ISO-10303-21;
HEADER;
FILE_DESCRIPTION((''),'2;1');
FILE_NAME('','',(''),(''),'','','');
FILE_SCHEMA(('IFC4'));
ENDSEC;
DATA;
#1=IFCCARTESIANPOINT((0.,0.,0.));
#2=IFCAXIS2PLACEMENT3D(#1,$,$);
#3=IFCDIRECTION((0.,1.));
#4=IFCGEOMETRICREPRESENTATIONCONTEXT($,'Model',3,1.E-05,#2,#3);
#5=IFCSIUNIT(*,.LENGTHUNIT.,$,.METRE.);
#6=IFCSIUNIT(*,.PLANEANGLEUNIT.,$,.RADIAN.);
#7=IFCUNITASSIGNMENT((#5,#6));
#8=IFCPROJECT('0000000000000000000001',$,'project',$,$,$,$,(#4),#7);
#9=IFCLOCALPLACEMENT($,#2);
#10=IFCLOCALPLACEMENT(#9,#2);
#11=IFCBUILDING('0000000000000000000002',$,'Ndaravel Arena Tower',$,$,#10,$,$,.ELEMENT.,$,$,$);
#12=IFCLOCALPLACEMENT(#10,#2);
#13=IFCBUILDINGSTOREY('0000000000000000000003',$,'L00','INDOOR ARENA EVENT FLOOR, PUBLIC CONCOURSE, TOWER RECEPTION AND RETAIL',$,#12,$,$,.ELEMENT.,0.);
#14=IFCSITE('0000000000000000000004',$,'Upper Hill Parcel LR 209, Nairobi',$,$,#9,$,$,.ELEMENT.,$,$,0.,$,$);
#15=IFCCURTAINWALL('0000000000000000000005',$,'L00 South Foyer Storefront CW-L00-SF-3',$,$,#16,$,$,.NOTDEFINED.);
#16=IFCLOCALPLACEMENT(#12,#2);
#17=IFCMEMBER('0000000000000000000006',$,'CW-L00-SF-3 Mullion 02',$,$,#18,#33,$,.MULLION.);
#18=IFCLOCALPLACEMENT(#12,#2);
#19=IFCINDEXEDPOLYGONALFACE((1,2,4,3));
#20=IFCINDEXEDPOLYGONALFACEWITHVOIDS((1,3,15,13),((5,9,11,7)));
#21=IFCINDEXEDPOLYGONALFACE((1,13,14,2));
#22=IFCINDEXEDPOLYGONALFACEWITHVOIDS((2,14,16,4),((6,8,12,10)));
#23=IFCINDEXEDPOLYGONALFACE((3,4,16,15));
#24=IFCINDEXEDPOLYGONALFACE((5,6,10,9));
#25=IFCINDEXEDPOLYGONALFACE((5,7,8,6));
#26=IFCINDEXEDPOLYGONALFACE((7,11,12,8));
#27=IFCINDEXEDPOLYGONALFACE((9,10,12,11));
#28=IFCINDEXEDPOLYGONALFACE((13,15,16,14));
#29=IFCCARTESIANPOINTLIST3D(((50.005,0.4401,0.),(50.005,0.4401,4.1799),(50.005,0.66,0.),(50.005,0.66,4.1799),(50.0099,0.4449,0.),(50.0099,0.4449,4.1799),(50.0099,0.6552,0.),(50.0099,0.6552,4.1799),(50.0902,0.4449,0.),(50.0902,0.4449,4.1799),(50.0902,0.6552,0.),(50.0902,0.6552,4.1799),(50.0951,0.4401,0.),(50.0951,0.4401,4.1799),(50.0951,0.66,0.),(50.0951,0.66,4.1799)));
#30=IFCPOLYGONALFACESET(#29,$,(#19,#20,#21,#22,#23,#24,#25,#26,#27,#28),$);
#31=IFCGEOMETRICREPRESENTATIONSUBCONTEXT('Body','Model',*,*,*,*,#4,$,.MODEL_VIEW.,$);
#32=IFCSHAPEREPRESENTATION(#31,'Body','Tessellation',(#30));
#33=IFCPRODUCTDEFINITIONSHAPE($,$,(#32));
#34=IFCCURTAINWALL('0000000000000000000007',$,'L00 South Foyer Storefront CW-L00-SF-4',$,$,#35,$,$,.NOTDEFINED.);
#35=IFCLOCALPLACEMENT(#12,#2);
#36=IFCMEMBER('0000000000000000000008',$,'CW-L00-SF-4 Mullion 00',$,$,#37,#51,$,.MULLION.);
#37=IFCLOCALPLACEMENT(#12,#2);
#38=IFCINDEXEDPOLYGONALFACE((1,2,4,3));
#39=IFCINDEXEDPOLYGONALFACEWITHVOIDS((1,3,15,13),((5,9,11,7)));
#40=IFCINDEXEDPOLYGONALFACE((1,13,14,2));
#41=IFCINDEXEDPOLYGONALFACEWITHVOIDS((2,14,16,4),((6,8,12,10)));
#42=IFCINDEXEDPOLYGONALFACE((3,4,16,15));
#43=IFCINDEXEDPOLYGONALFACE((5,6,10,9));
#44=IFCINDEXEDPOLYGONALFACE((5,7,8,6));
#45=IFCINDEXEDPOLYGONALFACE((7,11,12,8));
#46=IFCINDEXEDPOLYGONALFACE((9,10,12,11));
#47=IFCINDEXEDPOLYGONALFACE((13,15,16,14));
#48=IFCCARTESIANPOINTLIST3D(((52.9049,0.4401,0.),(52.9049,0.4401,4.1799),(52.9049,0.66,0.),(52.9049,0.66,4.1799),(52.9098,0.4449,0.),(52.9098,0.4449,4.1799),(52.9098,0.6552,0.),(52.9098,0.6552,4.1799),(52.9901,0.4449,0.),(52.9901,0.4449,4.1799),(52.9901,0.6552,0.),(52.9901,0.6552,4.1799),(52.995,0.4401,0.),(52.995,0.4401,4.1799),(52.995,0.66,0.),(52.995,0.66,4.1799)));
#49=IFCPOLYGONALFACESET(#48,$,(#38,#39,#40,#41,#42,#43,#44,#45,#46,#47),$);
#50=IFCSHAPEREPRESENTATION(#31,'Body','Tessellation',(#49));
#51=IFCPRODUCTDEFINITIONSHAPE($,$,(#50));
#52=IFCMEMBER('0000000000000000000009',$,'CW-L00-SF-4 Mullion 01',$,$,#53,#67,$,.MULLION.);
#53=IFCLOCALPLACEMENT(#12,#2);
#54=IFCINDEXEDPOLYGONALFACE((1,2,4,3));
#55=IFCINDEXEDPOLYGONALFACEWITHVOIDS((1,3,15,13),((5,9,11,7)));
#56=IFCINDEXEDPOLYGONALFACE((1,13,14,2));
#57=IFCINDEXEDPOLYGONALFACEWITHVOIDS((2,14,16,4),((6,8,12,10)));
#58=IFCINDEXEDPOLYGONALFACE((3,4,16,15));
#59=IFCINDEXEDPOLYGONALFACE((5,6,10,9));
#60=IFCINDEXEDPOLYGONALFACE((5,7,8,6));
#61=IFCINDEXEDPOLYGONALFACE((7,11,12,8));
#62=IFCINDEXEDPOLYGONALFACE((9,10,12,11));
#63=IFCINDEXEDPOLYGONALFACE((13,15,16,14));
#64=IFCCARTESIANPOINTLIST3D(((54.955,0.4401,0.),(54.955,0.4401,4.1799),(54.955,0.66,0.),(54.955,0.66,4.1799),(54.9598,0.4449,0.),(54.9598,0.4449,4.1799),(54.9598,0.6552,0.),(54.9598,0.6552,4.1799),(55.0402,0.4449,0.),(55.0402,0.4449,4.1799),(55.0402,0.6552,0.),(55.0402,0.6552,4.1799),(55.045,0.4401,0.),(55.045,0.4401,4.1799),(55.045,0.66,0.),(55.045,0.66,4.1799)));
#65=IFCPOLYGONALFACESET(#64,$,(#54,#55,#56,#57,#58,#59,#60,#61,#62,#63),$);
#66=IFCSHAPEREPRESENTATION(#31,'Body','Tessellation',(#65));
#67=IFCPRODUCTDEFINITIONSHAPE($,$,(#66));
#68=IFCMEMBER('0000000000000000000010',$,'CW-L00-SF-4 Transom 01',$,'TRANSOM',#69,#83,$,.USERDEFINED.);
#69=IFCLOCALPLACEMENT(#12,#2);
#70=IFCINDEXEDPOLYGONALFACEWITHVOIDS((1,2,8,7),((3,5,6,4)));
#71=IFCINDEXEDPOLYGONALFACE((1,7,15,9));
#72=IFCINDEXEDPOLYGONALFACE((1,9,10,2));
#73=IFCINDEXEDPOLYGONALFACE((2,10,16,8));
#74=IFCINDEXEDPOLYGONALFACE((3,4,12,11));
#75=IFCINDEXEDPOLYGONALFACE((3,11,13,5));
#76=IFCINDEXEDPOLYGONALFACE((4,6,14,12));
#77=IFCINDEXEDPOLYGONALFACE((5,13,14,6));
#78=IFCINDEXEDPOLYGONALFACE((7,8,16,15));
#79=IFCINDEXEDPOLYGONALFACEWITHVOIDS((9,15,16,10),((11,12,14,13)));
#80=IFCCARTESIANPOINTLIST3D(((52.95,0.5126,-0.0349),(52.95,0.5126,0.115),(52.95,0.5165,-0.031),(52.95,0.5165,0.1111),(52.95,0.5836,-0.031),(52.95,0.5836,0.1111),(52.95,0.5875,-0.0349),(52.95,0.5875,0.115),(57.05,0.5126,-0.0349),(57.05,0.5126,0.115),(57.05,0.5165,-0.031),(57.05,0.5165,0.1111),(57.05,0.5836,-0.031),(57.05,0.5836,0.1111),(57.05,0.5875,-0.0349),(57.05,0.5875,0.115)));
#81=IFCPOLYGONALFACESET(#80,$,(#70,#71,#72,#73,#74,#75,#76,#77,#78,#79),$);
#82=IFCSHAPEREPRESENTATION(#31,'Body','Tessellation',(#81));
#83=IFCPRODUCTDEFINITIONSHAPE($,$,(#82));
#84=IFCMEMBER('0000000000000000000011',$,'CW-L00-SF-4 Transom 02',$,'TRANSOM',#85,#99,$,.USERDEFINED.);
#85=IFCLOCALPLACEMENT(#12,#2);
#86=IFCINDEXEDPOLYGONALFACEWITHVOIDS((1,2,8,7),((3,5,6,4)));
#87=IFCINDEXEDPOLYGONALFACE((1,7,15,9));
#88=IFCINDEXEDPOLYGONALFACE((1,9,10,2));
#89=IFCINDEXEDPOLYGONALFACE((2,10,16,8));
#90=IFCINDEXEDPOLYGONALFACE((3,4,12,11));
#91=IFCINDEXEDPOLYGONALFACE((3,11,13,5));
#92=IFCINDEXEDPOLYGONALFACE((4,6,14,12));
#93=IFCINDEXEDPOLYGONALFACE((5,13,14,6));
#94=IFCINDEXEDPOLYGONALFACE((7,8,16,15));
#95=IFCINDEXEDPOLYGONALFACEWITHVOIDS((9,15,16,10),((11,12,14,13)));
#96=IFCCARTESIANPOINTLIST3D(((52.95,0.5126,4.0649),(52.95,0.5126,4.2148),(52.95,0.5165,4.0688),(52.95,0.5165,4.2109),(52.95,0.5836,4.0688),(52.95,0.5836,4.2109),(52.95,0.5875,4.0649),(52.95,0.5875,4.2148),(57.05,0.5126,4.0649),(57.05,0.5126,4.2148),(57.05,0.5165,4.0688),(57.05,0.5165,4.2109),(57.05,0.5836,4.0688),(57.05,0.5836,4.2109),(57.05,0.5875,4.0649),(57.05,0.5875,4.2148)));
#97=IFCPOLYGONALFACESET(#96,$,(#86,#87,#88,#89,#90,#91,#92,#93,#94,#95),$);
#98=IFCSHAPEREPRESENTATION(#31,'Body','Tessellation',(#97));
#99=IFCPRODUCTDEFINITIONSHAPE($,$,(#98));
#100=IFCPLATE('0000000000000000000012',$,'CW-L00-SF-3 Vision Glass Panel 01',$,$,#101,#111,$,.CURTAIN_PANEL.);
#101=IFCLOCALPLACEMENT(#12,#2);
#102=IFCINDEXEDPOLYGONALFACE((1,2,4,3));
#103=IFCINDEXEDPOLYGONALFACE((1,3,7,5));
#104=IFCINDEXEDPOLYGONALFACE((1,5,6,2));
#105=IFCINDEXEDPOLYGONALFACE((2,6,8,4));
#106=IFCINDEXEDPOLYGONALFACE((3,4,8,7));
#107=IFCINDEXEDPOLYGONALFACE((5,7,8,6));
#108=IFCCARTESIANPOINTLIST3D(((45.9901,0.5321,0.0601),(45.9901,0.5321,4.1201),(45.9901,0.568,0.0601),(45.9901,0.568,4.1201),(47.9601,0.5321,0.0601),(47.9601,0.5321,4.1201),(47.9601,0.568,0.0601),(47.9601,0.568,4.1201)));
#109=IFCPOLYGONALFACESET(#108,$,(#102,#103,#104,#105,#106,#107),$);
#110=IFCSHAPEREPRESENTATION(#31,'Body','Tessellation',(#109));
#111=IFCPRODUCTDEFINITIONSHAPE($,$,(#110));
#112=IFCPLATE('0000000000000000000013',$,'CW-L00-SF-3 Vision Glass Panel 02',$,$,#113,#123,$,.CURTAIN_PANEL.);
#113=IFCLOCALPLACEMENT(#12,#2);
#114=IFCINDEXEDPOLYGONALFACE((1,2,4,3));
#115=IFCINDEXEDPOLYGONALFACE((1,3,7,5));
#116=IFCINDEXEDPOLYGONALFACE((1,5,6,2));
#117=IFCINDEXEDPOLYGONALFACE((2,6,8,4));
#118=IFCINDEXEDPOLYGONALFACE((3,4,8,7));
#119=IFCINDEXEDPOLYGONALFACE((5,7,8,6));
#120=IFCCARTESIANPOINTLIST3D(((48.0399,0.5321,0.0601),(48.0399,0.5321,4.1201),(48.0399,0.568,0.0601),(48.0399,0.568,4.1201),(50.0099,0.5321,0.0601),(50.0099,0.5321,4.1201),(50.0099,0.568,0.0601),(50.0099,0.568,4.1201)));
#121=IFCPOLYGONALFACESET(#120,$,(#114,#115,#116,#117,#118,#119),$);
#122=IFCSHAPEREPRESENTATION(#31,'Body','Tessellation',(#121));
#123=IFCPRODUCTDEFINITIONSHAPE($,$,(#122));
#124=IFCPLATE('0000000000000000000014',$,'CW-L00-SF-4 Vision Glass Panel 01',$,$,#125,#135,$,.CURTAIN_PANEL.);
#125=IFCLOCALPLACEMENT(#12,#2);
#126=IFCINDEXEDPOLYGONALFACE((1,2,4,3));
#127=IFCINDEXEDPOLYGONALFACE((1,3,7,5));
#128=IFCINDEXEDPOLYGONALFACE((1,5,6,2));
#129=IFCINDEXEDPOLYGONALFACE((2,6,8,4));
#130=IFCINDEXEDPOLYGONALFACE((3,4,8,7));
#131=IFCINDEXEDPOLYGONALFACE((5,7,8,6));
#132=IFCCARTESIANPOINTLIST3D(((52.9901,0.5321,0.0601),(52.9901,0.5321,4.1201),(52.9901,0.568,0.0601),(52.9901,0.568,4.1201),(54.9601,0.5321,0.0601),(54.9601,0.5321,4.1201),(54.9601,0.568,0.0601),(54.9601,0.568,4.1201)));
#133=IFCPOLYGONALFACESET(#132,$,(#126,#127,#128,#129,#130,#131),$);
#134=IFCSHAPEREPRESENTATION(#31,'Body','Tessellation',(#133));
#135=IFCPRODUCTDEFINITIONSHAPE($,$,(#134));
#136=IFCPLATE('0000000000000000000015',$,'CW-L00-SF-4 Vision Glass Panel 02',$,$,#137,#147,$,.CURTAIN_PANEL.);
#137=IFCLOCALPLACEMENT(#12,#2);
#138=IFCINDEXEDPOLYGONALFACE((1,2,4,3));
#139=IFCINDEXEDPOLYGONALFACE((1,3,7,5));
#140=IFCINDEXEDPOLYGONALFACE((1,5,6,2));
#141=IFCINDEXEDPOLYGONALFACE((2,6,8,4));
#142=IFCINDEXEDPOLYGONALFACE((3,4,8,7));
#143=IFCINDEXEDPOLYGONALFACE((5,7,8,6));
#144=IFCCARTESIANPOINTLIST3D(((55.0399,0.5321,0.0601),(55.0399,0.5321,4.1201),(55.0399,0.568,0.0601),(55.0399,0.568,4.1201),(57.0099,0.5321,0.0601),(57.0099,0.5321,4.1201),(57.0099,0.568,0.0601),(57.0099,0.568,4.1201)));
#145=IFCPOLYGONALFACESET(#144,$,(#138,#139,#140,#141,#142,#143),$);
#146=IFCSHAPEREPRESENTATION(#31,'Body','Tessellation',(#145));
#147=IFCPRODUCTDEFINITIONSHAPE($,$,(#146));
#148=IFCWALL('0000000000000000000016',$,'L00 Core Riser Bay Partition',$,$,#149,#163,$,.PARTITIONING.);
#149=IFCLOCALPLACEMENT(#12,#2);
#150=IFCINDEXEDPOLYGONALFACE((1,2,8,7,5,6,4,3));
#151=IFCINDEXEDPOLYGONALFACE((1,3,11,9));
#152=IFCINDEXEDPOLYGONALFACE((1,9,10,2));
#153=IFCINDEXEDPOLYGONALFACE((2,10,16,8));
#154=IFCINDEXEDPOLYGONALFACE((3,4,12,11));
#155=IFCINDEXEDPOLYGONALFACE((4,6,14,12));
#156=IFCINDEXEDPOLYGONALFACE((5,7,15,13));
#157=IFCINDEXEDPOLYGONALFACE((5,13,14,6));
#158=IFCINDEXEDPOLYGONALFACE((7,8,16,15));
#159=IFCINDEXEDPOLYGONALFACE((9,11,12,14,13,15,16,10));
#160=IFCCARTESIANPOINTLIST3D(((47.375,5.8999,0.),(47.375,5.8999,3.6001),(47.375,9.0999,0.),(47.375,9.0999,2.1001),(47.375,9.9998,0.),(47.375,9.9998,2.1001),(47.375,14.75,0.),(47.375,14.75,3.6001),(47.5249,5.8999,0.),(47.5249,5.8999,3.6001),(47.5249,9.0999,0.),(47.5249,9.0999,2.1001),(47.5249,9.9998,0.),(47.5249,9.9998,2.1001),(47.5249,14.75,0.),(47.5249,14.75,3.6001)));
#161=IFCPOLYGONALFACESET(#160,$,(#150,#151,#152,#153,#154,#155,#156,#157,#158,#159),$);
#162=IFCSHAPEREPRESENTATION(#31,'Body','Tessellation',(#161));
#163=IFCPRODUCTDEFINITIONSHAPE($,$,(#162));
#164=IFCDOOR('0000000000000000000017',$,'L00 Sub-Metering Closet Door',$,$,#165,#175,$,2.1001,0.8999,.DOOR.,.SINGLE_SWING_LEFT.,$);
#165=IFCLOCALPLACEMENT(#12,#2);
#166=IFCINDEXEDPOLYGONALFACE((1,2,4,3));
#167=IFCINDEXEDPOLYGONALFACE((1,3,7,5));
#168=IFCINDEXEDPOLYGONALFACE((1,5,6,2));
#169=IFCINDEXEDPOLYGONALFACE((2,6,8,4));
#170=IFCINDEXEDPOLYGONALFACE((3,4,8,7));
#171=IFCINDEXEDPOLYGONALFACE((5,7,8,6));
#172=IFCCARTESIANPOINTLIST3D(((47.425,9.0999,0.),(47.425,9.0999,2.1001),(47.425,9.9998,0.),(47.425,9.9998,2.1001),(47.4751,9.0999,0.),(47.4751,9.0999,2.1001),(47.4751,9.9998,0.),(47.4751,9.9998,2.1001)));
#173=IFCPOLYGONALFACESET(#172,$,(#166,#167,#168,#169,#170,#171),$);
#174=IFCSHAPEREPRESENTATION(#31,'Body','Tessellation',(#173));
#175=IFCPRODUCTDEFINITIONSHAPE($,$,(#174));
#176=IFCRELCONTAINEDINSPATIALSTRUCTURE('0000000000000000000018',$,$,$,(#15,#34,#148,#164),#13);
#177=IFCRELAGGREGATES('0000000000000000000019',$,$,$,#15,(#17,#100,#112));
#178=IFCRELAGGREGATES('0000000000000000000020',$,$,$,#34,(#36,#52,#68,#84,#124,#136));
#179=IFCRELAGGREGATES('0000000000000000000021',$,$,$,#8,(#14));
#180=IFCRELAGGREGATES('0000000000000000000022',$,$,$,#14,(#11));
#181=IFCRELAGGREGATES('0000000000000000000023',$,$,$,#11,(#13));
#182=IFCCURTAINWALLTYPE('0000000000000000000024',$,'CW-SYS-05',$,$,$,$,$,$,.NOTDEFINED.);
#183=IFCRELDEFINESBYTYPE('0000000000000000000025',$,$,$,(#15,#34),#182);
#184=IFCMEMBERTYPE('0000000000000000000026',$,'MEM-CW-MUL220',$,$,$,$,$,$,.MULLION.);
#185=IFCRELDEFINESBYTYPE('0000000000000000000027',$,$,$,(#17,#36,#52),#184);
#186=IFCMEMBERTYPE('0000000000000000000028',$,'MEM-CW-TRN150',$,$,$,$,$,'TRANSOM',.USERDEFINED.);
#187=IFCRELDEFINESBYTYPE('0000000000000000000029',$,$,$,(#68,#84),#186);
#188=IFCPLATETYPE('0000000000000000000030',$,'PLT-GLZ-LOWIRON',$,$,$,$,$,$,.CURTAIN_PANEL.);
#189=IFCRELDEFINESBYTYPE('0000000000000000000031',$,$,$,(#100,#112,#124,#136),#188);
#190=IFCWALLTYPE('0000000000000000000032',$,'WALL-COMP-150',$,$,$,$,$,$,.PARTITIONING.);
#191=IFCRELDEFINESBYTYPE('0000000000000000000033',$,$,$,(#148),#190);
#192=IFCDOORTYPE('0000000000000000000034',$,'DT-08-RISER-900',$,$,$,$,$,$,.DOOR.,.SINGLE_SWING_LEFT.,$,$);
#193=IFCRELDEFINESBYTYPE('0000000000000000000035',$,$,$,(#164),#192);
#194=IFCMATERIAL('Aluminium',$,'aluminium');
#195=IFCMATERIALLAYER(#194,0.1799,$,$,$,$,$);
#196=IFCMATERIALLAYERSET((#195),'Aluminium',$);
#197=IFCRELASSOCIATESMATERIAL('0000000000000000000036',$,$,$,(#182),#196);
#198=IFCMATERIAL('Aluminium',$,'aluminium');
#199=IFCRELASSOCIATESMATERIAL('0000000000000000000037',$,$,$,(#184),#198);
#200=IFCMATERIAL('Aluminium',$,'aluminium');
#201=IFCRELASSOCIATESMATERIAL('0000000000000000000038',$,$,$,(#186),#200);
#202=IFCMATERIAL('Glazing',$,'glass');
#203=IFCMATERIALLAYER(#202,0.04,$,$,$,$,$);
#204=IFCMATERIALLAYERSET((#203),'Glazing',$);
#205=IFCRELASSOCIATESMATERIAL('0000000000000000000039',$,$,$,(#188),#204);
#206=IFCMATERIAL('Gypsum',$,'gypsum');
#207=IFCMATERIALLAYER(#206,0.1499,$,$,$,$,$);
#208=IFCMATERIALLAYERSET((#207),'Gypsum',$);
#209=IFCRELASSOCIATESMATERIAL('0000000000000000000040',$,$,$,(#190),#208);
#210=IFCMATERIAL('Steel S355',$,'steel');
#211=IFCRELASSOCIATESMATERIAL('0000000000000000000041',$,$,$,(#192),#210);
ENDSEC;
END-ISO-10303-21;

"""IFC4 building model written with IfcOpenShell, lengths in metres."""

from ifc_helpers import new_model, si_unit, direction, frame, frame_2d, origin, origin_2d, place, context, subcontext, project, spatial, rectangle, hollow_rectangle, extrude, material, layer, layer_set, material_profile, profile_set, type_object, element, fill, aggregate, save


model = new_model("IFC4")

# Units and contexts
model_context = context("Model", 3, precision=1e-05, world=origin(), true_north=direction((0.0, 1.0)))
body_context = subcontext(model_context, "Body", "Model", "MODEL_VIEW")
ifc_project = project(units=[si_unit("LENGTHUNIT", "METRE"), si_unit("PLANEANGLEUNIT", "RADIAN")], contexts=[model_context])

# Site, building, storey
site_placement = place(None, origin())
site = spatial("IfcSite", under=ifc_project, at=site_placement, Name="Upper Hill Parcel LR 209, Nairobi", CompositionType="ELEMENT", RefElevation=0.0)
building_placement = place(site_placement, origin())
building = spatial("IfcBuilding", under=site, at=building_placement, Name="Ndaravel Arena Tower", CompositionType="ELEMENT")
storey_placement = place(building_placement, origin())
storey = spatial("IfcBuildingStorey", under=building, at=storey_placement, Name="L00", Description="INDOOR ARENA EVENT FLOOR, PUBLIC CONCOURSE, TOWER RECEPTION AND RETAIL", CompositionType="ELEMENT", Elevation=0.0)

# Curtain walls, members
ifc_material_1 = material(Name="Aluminium", Category="aluminium")
ifc_layer_1 = layer(ifc_material_1, 0.1799)
ifc_layer_set_1 = layer_set([ifc_layer_1], Name="Aluminium")
curtain_wall_type = type_object("IfcCurtainWallType", Name="CW-SYS-05", PredefinedType="NOTDEFINED", material=ifc_layer_set_1)
curtain_wall_1_placement = place(storey_placement, origin())
curtain_wall_1 = element("IfcCurtainWall", 1, at=curtain_wall_1_placement, inside=storey, type_object=curtain_wall_type, Name="L00 South Foyer Storefront CW-L00-SF-3", PredefinedType="NOTDEFINED")
ifc_material_2 = material(Name="Aluminium", Category="aluminium")
ifc_material_profile_1 = material_profile(ifc_material_2, hollow_rectangle(XDim=0.0901, YDim=0.22, WallThickness=0.0049, at=origin_2d()), Name="CW MULLION 90x220x5")
ifc_profile_set_1 = profile_set([ifc_material_profile_1], Name="Aluminium")
member_type_1 = type_object("IfcMemberType", Name="MEM-CW-MUL220", PredefinedType="MULLION", material=ifc_profile_set_1)
member_1_placement = place(storey_placement, frame((50.05, 0.55, 0.0), z_axis=(0.0, 0.0, 1.0), x_axis=(1.0, 0.0, 0.0)))
member_1 = element("IfcMember", 2, at=member_1_placement, type_object=member_type_1, Name="CW-L00-SF-3 Mullion 02", PredefinedType="MULLION", context=body_context, shape_type="SweptSolid", body=[
    extrude(hollow_rectangle(XDim=0.0901, YDim=0.22, WallThickness=0.0049, at=origin_2d()), origin(), (0.0, 0.0, 1.0), 4.1799),
])
curtain_wall_2_placement = place(storey_placement, origin())
curtain_wall_2 = element("IfcCurtainWall", 3, at=curtain_wall_2_placement, inside=storey, type_object=curtain_wall_type, Name="L00 South Foyer Storefront CW-L00-SF-4", PredefinedType="NOTDEFINED")
member_2_placement = place(storey_placement, frame((52.95, 0.55, 0.0), z_axis=(0.0, 0.0, 1.0), x_axis=(1.0, 0.0, 0.0)))
member_2 = element("IfcMember", 4, at=member_2_placement, type_object=member_type_1, Name="CW-L00-SF-4 Mullion 00", PredefinedType="MULLION", context=body_context, shape_type="SweptSolid", body=[
    extrude(hollow_rectangle(XDim=0.0901, YDim=0.22, WallThickness=0.0049, at=origin_2d()), origin(), (0.0, 0.0, 1.0), 4.1799),
])
member_3_placement = place(storey_placement, frame((55.0, 0.55, 0.0), z_axis=(0.0, 0.0, 1.0), x_axis=(1.0, 0.0, 0.0)))
member_3 = element("IfcMember", 5, at=member_3_placement, type_object=member_type_1, Name="CW-L00-SF-4 Mullion 01", PredefinedType="MULLION", context=body_context, shape_type="SweptSolid", body=[
    extrude(hollow_rectangle(XDim=0.0901, YDim=0.22, WallThickness=0.0049, at=origin_2d()), origin(), (0.0, 0.0, 1.0), 4.1799),
])
ifc_material_3 = material(Name="Aluminium", Category="aluminium")
ifc_material_profile_2 = material_profile(ifc_material_3, hollow_rectangle(XDim=0.075, YDim=0.1499, WallThickness=0.0039, at=origin_2d()), Name="CW TRANSOM 75x150x4")
ifc_profile_set_2 = profile_set([ifc_material_profile_2], Name="Aluminium")
member_type_2 = type_object("IfcMemberType", Name="MEM-CW-TRN150", ElementType="TRANSOM", PredefinedType="USERDEFINED", material=ifc_profile_set_2)
member_4_placement = place(storey_placement, frame((52.95, 0.55, 0.04), z_axis=(1.0, 0.0, 0.0), x_axis=(0.0, 1.0, 0.0)))
member_4 = element("IfcMember", 6, at=member_4_placement, type_object=member_type_2, Name="CW-L00-SF-4 Transom 01", ObjectType="TRANSOM", PredefinedType="USERDEFINED", context=body_context, shape_type="SweptSolid", body=[
    extrude(hollow_rectangle(XDim=0.075, YDim=0.1499, WallThickness=0.0039, at=origin_2d()), origin(), (0.0, 0.0, 1.0), 4.1001),
])
member_5_placement = place(storey_placement, frame((52.95, 0.55, 4.1399), z_axis=(1.0, 0.0, 0.0), x_axis=(0.0, 1.0, 0.0)))
member_5 = element("IfcMember", 7, at=member_5_placement, type_object=member_type_2, Name="CW-L00-SF-4 Transom 02", ObjectType="TRANSOM", PredefinedType="USERDEFINED", context=body_context, shape_type="SweptSolid", body=[
    extrude(hollow_rectangle(XDim=0.075, YDim=0.1499, WallThickness=0.0039, at=origin_2d()), origin(), (0.0, 0.0, 1.0), 4.1001),
])

# Plates
ifc_material_4 = material(Name="Glazing", Category="glass")
ifc_layer_2 = layer(ifc_material_4, 0.04)
ifc_layer_set_2 = layer_set([ifc_layer_2], Name="Glazing")
plate_type = type_object("IfcPlateType", Name="PLT-GLZ-LOWIRON", PredefinedType="CURTAIN_PANEL", material=ifc_layer_set_2)
plate_1_placement = place(storey_placement, frame((46.9751, 0.55, 0.0601), z_axis=(0.0, 0.0, 1.0), x_axis=(1.0, 0.0, 0.0)))
plate_1 = element("IfcPlate", 8, at=plate_1_placement, type_object=plate_type, Name="CW-L00-SF-3 Vision Glass Panel 01", PredefinedType="CURTAIN_PANEL", context=body_context, shape_type="SweptSolid", body=[
    extrude(rectangle(XDim=1.97, YDim=0.0359, at=origin_2d()), origin(), (0.0, 0.0, 1.0), 4.0601),
])
plate_2_placement = place(storey_placement, frame((49.0249, 0.55, 0.0601), z_axis=(0.0, 0.0, 1.0), x_axis=(1.0, 0.0, 0.0)))
plate_2 = element("IfcPlate", 9, at=plate_2_placement, type_object=plate_type, Name="CW-L00-SF-3 Vision Glass Panel 02", PredefinedType="CURTAIN_PANEL", context=body_context, shape_type="SweptSolid", body=[
    extrude(rectangle(XDim=1.97, YDim=0.0359, at=origin_2d()), origin(), (0.0, 0.0, 1.0), 4.0601),
])
aggregate(curtain_wall_1, [member_1, plate_1, plate_2])
plate_3_placement = place(storey_placement, frame((53.9751, 0.55, 0.0601), z_axis=(0.0, 0.0, 1.0), x_axis=(1.0, 0.0, 0.0)))
plate_3 = element("IfcPlate", 10, at=plate_3_placement, type_object=plate_type, Name="CW-L00-SF-4 Vision Glass Panel 01", PredefinedType="CURTAIN_PANEL", context=body_context, shape_type="SweptSolid", body=[
    extrude(rectangle(XDim=1.97, YDim=0.0359, at=origin_2d()), origin(), (0.0, 0.0, 1.0), 4.0601),
])
plate_4_placement = place(storey_placement, frame((56.0249, 0.55, 0.0601), z_axis=(0.0, 0.0, 1.0), x_axis=(1.0, 0.0, 0.0)))
plate_4 = element("IfcPlate", 11, at=plate_4_placement, type_object=plate_type, Name="CW-L00-SF-4 Vision Glass Panel 02", PredefinedType="CURTAIN_PANEL", context=body_context, shape_type="SweptSolid", body=[
    extrude(rectangle(XDim=1.97, YDim=0.0359, at=origin_2d()), origin(), (0.0, 0.0, 1.0), 4.0601),
])
aggregate(curtain_wall_2, [member_2, member_3, member_4, member_5, plate_3, plate_4])

# Wall, opening, door
ifc_material_5 = material(Name="Gypsum", Category="gypsum")
ifc_layer_3 = layer(ifc_material_5, 0.1499)
ifc_layer_set_3 = layer_set([ifc_layer_3], Name="Gypsum")
wall_type_1 = type_object("IfcWallType", Name="WALL-COMP-150", PredefinedType="PARTITIONING", material=ifc_layer_set_3)
wall_1_placement = place(storey_placement, frame((47.45, 5.8999, 0.0), z_axis=(0.0, 0.0, 1.0), x_axis=(0.0, 1.0, 0.0)))
wall_1 = element("IfcWall", 12, at=wall_1_placement, inside=storey, type_object=wall_type_1, Name="L00 Core Riser Bay Partition", PredefinedType="PARTITIONING", context=body_context, shape_type="SweptSolid", body=[
    extrude(rectangle(XDim=8.8501, YDim=0.1499, at=frame_2d((4.425, 0.0))), origin(), (0.0, 0.0, 1.0), 3.6001),
])
opening_1_placement = place(wall_1_placement, frame((3.2, 0.0, 0.0)))
opening_1 = element("IfcOpeningElement", 13, at=opening_1_placement, cuts=wall_1, PredefinedType="OPENING", context=body_context, shape_type="SweptSolid", body=[
    extrude(rectangle(XDim=0.8999, YDim=2.1001, at=frame_2d((0.45, 1.05))), frame((0.0, 0.075, 0.0), z_axis=(0.0, -1.0, 0.0), x_axis=(1.0, 0.0, 0.0)), (0.0, 0.0, 1.0), 0.1499),
])
ifc_material_6 = material(Name="Steel S355", Category="steel")
door_type_1 = type_object("IfcDoorType", Name="DT-08-RISER-900", OperationType="SINGLE_SWING_LEFT", PredefinedType="DOOR", material=ifc_material_6)
door_1_placement = place(opening_1_placement, origin())
door_1 = element("IfcDoor", 14, at=door_1_placement, inside=storey, type_object=door_type_1, Name="L00 Sub-Metering Closet Door", OperationType="SINGLE_SWING_LEFT", OverallHeight=2.1001, OverallWidth=0.8999, PredefinedType="DOOR", context=body_context, shape_type="SweptSolid", body=[
    extrude(rectangle(XDim=0.8999, YDim=2.1001, at=frame_2d((0.45, 1.05))), frame((0.0, 0.0249, 0.0), z_axis=(0.0, -1.0, 0.0), x_axis=(1.0, 0.0, 0.0)), (0.0, 0.0, 1.0), 0.05),
])
fill(opening_1, door_1)

save(model, "model.ifc")
